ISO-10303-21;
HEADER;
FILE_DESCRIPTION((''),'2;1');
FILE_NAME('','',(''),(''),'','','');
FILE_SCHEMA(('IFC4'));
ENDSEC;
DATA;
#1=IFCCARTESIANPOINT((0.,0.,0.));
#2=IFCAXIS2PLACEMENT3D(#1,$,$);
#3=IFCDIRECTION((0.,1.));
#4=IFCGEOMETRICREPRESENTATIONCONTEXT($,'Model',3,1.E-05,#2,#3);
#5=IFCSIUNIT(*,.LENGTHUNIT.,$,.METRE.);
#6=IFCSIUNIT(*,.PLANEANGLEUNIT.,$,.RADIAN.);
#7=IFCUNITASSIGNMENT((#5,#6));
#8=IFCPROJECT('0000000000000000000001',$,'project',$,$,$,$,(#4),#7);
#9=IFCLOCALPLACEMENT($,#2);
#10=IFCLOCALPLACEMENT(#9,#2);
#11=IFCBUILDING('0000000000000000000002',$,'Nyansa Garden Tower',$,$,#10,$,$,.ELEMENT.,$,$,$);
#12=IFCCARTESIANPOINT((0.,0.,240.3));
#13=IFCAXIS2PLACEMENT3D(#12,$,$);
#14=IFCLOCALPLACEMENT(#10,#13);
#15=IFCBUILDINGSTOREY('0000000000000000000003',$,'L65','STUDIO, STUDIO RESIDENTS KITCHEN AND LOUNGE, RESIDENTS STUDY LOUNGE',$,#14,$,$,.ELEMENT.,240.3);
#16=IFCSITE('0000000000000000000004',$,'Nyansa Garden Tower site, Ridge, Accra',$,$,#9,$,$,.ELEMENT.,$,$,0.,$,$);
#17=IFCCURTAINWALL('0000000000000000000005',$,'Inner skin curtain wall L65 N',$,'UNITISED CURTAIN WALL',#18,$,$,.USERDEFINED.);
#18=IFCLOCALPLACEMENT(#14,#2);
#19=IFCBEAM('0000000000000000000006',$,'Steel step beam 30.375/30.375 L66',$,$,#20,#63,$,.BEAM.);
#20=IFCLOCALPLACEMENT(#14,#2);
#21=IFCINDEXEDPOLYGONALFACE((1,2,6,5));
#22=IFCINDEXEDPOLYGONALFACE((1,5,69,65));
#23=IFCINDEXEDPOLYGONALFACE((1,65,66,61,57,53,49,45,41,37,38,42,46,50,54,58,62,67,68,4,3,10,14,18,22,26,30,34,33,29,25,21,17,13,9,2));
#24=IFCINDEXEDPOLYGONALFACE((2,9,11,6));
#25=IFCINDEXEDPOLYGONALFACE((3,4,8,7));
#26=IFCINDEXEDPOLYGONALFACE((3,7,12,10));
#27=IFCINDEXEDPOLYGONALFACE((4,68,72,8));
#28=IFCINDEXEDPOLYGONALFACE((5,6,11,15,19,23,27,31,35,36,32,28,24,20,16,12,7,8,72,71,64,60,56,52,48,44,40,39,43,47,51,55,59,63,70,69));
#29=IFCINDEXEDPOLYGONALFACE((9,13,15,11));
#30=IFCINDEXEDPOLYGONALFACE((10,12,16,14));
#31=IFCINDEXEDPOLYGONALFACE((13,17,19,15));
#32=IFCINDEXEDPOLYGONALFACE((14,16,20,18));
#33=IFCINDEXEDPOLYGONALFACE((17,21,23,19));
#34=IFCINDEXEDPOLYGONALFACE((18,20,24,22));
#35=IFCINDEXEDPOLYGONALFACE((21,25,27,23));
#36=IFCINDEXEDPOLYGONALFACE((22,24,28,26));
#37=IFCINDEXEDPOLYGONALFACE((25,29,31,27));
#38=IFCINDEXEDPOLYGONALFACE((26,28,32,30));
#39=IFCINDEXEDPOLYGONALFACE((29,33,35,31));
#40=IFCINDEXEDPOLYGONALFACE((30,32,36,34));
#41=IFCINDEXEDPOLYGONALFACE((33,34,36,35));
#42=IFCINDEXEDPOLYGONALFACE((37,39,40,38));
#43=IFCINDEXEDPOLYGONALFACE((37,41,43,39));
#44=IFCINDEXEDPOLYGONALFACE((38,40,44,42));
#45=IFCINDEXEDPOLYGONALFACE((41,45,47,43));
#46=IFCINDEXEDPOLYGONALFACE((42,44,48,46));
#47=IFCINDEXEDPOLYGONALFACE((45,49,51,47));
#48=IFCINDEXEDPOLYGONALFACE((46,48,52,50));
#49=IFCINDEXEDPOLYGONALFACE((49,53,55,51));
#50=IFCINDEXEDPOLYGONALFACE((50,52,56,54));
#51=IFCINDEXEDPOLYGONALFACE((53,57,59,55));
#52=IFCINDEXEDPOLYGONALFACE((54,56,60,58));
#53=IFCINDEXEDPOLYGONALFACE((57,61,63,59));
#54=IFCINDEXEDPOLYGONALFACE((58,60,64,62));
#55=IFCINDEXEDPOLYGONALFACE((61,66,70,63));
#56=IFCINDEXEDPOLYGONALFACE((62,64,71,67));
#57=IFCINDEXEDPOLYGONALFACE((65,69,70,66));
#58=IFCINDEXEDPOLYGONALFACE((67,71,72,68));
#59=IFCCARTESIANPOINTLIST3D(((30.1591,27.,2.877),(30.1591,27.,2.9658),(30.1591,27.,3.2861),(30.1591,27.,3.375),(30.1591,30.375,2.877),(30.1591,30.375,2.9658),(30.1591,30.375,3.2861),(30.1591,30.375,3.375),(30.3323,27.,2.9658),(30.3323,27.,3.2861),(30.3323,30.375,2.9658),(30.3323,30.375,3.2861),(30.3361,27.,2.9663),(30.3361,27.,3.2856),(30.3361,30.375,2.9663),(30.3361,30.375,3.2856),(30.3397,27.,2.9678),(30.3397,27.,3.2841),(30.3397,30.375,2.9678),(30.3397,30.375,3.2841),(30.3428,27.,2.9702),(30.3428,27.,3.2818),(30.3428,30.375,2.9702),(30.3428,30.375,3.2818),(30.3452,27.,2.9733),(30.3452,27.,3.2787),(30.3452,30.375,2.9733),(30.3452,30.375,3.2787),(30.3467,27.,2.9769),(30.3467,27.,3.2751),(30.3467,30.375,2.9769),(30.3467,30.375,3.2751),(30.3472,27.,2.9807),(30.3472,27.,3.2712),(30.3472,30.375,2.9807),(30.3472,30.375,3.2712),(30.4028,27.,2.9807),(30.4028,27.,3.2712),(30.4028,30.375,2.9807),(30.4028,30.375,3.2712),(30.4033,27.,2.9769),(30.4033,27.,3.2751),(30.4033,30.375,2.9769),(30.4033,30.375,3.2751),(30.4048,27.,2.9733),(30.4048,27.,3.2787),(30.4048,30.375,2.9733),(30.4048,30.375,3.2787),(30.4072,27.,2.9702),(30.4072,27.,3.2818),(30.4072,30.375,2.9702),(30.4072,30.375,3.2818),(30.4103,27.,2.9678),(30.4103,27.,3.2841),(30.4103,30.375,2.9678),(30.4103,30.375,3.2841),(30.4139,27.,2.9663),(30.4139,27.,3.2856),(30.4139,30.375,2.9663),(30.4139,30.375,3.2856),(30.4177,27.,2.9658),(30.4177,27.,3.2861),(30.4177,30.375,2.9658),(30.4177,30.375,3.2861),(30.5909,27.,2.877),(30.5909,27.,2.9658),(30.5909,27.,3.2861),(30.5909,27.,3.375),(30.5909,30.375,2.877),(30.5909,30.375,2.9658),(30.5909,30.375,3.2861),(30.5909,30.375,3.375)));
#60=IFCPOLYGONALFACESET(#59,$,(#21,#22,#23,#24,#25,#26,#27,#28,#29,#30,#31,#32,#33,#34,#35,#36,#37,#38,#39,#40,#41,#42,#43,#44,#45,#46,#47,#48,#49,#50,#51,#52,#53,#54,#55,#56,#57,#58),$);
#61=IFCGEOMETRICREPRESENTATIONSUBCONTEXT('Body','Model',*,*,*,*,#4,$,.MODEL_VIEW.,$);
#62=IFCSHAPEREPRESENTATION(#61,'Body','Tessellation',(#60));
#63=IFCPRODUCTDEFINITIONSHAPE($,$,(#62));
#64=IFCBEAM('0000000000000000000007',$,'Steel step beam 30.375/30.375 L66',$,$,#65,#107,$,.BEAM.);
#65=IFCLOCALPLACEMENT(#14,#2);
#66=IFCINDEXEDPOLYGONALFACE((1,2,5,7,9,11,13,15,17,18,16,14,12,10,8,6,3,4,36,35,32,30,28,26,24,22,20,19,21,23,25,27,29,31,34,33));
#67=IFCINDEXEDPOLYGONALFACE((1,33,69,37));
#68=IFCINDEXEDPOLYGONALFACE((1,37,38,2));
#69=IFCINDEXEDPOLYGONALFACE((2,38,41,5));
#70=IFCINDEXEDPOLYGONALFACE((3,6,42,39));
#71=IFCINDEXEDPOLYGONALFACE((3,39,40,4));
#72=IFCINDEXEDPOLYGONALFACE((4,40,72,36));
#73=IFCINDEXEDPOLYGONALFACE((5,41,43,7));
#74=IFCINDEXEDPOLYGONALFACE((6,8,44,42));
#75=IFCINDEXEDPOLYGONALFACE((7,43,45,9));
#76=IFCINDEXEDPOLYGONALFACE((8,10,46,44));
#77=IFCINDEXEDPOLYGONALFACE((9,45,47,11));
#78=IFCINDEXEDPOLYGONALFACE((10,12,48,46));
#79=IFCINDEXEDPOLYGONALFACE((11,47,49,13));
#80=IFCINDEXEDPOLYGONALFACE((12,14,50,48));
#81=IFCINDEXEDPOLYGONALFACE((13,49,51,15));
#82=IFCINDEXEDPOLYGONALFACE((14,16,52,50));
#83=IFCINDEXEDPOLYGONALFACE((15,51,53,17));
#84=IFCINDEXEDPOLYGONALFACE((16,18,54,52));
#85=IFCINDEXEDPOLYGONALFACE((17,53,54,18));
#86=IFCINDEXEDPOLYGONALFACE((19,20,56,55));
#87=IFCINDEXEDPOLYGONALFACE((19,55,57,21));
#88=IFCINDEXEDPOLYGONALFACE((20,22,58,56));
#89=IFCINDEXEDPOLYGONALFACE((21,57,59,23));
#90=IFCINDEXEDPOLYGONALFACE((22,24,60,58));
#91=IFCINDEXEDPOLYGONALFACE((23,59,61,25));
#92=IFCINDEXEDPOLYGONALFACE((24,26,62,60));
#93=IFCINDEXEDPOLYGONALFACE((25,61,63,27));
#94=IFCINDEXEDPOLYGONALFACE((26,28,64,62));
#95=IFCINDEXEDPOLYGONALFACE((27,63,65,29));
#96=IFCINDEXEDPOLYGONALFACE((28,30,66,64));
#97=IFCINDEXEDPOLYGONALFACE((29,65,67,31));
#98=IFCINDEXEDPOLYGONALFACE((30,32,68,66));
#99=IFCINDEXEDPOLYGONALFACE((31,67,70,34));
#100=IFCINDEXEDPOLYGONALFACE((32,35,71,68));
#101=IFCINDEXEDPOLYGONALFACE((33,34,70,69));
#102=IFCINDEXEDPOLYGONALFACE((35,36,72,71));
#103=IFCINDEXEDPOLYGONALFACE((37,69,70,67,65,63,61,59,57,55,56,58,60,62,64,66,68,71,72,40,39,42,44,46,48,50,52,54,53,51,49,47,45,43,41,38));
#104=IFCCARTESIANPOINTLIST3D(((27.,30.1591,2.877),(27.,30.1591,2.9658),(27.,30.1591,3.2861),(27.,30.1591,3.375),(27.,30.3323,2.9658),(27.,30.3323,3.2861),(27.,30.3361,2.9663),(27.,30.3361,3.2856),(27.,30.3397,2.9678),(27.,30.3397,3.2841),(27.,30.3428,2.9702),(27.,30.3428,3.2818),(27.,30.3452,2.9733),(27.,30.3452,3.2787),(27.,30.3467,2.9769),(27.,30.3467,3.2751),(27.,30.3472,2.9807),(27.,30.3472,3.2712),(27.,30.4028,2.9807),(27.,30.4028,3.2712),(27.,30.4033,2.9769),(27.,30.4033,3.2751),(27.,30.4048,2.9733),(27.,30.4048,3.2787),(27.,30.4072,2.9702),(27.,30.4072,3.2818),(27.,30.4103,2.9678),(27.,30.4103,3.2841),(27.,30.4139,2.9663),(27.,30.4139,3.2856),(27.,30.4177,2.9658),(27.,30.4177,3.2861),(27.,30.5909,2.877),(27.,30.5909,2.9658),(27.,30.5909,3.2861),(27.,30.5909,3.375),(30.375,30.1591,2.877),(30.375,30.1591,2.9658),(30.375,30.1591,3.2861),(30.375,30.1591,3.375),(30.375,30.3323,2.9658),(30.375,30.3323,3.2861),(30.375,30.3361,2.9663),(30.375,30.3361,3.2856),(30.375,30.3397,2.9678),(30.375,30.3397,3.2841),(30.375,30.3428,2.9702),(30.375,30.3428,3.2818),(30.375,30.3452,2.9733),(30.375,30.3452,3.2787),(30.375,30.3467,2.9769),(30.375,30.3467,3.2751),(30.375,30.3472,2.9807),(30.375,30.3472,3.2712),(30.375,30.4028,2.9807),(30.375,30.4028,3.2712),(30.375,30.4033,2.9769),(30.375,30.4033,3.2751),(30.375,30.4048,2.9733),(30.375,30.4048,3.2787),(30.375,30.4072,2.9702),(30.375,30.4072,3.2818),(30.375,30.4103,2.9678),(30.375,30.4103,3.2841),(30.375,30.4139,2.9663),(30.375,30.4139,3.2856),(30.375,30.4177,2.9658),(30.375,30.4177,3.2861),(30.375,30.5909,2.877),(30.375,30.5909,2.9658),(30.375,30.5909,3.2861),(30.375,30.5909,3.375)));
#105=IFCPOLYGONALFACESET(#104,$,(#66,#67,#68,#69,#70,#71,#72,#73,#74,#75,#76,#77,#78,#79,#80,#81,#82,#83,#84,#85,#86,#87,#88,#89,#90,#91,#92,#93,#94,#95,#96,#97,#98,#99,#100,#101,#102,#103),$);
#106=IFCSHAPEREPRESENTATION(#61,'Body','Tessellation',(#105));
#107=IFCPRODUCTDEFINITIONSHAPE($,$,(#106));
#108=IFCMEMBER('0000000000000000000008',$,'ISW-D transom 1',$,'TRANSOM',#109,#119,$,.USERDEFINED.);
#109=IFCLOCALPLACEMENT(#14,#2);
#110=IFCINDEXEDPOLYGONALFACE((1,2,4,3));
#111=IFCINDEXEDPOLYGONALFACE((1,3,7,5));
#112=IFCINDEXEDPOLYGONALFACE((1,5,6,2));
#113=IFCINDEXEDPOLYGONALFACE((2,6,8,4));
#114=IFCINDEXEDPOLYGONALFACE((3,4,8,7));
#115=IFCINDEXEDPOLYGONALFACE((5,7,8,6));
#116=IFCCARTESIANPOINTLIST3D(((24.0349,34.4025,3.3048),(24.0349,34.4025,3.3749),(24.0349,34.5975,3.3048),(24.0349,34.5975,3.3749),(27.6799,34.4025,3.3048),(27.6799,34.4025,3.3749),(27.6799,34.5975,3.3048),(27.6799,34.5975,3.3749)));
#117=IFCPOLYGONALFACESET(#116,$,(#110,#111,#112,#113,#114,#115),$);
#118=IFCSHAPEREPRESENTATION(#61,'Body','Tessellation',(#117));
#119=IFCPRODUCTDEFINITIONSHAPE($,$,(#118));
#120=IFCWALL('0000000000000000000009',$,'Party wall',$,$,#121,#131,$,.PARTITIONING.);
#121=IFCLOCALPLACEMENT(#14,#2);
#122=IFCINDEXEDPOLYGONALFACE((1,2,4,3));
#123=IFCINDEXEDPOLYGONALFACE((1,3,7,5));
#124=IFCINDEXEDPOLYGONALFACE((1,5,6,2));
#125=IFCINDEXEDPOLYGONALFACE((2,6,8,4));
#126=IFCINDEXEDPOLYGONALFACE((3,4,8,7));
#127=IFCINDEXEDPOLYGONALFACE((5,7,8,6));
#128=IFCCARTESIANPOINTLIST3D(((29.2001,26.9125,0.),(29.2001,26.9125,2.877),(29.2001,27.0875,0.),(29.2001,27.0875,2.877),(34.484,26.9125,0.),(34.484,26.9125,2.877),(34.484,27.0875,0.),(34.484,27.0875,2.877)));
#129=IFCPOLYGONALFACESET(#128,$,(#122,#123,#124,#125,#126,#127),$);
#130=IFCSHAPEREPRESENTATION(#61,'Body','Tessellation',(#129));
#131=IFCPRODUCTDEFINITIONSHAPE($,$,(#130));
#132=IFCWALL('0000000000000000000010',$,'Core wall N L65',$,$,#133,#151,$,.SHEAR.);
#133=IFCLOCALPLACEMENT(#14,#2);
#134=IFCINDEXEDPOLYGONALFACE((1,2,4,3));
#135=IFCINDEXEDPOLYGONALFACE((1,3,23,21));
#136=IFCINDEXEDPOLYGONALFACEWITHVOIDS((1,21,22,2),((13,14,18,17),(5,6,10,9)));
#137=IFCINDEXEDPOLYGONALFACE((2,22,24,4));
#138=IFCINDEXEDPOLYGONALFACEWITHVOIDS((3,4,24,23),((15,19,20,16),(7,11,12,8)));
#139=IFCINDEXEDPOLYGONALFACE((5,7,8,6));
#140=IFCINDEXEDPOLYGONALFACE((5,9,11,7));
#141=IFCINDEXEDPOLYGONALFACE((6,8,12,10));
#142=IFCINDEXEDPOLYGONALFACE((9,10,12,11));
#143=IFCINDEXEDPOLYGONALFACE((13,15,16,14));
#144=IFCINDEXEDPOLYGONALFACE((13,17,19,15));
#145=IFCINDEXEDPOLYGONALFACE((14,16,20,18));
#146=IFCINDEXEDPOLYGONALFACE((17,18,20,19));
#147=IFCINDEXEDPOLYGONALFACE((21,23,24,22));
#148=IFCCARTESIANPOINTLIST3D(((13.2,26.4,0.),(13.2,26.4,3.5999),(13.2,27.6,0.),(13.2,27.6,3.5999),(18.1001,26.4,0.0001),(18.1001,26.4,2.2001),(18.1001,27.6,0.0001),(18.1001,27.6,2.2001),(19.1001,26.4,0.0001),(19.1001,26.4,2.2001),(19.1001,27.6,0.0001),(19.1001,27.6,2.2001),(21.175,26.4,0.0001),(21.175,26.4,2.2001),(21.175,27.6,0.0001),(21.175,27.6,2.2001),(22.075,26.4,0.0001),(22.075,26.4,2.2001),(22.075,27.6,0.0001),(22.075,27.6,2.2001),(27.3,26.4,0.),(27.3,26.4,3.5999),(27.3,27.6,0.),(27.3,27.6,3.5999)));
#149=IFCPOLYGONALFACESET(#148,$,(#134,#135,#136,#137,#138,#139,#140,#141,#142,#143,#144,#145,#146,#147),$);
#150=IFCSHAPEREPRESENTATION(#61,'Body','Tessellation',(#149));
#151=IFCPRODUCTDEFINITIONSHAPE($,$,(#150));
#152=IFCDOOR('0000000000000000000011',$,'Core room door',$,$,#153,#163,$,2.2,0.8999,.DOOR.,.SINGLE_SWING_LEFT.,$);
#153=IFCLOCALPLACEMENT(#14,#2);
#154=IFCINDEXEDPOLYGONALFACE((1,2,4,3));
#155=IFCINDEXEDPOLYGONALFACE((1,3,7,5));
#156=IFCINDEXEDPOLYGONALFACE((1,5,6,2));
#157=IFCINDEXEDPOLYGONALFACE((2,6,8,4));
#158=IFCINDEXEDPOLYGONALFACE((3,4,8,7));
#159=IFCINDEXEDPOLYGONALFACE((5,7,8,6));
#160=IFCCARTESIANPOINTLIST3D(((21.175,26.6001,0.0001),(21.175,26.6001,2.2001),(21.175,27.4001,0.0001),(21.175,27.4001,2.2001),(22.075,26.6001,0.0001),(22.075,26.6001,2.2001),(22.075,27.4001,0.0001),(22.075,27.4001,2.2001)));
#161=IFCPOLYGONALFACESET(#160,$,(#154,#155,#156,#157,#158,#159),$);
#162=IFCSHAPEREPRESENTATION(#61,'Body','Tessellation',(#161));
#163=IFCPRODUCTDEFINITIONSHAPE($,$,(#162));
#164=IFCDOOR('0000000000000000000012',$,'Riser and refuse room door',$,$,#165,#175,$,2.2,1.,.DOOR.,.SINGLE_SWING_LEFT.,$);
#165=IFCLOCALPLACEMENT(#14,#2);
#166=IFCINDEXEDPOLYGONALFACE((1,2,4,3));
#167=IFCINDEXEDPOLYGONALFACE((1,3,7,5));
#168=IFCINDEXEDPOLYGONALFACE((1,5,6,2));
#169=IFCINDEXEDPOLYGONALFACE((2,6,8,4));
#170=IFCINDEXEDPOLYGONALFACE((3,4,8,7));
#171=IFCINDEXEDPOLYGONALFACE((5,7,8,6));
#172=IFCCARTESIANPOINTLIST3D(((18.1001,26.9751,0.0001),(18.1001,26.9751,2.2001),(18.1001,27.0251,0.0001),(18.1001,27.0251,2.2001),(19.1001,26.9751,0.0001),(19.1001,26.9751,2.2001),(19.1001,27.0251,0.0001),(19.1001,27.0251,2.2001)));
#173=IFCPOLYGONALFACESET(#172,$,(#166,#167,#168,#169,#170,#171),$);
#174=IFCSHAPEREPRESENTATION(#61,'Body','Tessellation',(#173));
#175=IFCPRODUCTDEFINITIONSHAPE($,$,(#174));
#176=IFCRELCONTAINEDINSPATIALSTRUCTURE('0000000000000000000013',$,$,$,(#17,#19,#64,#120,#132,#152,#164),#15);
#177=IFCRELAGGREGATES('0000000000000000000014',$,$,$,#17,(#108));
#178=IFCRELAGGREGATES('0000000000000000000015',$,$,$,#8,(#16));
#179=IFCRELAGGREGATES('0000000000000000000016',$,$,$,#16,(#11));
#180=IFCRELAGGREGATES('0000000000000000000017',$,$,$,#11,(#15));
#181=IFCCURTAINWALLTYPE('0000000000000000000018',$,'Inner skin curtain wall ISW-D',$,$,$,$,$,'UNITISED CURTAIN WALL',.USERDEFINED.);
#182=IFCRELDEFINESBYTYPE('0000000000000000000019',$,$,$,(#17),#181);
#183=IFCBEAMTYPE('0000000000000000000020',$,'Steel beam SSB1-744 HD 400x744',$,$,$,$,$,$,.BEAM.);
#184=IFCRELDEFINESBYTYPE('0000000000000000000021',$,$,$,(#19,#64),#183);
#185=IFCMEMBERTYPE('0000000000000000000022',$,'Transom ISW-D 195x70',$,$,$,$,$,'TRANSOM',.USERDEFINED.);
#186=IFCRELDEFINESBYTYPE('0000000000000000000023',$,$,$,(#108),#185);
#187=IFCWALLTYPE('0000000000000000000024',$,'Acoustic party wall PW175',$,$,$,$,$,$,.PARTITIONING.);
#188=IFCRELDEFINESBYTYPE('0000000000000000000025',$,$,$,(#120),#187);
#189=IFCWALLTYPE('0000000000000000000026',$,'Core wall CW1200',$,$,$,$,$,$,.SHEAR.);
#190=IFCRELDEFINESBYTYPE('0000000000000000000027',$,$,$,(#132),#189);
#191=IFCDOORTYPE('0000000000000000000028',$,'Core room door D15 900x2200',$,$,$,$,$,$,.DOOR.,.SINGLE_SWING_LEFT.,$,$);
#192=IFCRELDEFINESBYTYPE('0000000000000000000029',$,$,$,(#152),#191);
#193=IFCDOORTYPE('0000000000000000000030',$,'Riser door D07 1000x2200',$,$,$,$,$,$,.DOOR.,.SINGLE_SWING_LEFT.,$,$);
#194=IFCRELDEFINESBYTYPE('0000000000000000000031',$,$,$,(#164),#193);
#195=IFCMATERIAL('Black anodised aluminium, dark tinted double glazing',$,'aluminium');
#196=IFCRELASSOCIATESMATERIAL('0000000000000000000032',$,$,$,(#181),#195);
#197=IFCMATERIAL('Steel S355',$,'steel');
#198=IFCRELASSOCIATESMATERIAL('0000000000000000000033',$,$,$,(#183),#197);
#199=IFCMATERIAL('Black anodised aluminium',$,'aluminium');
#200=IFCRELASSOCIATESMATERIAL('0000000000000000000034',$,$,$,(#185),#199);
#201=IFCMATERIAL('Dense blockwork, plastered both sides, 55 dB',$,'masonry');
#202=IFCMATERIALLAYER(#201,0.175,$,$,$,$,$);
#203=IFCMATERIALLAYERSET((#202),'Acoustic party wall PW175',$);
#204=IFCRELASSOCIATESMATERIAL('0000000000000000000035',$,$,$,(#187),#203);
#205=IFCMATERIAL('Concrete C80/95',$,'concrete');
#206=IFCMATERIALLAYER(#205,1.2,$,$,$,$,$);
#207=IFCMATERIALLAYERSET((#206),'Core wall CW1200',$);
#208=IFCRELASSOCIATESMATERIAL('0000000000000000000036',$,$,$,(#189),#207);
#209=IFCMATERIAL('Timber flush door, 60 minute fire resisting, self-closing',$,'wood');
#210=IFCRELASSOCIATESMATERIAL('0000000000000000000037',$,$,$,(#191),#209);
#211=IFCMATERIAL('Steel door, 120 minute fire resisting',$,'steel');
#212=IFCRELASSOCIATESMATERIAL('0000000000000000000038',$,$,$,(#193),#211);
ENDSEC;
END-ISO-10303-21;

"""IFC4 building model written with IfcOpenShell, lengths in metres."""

from ifc_helpers import new_model, si_unit, direction, frame, frame_2d, origin, origin_2d, place, context, subcontext, project, spatial, rectangle, i_section, extrude, material, layer, layer_set, material_profile, profile_set, type_object, element, fill, aggregate, save


model = new_model("IFC4")

# Units and contexts
model_context = context("Model", 3, precision=1e-05, world=origin(), true_north=direction((0.0, 1.0)))
body_context = subcontext(model_context, "Body", "Model", "MODEL_VIEW")
ifc_project = project(units=[si_unit("LENGTHUNIT", "METRE"), si_unit("PLANEANGLEUNIT", "RADIAN")], contexts=[model_context])

# Site, building, storey
site_placement = place(None, origin())
site = spatial("IfcSite", under=ifc_project, at=site_placement, Name="Nyansa Garden Tower site, Ridge, Accra", CompositionType="ELEMENT", RefElevation=0.0)
building_placement = place(site_placement, origin())
building = spatial("IfcBuilding", under=site, at=building_placement, Name="Nyansa Garden Tower", CompositionType="ELEMENT")
storey_placement = place(building_placement, frame((0.0, 0.0, 240.3)))
storey = spatial("IfcBuildingStorey", under=building, at=storey_placement, Name="L65", Description="STUDIO, STUDIO RESIDENTS KITCHEN AND LOUNGE, RESIDENTS STUDY LOUNGE", CompositionType="ELEMENT", Elevation=240.3)

# Curtain wall
ifc_material_1 = material(Name="Black anodised aluminium, dark tinted double glazing", Category="aluminium")
curtain_wall_type = type_object("IfcCurtainWallType", Name="Inner skin curtain wall ISW-D", ElementType="UNITISED CURTAIN WALL", PredefinedType="USERDEFINED", material=ifc_material_1)
curtain_wall_1_placement = place(storey_placement, origin())
curtain_wall_1 = element("IfcCurtainWall", 1, at=curtain_wall_1_placement, inside=storey, type_object=curtain_wall_type, Name="Inner skin curtain wall L65 N", ObjectType="UNITISED CURTAIN WALL", PredefinedType="USERDEFINED")

# Beams
ifc_material_2 = material(Name="Steel S355", Category="steel")
ifc_material_profile_1 = material_profile(ifc_material_2, i_section(OverallWidth=0.4319, OverallDepth=0.498, WebThickness=0.0557, FlangeThickness=0.0889, FilletRadius=0.0149, at=origin_2d()), Name="HD 400x744")
ifc_profile_set_1 = profile_set([ifc_material_profile_1], Name="Steel S355")
beam_type_1 = type_object("IfcBeamType", Name="Steel beam SSB1-744 HD 400x744", PredefinedType="BEAM", material=ifc_profile_set_1)
for number, where, z_axis, x_axis, name in (
    (2, (30.375, 30.375, 3.126), (0.0, -1.0, 0.0), (1.0, 0.0, 0.0), "Steel step beam 30.375/30.375 L66"),
    (3, (30.375, 30.375, 3.126), (-1.0, 0.0, 0.0), (0.0, -1.0, 0.0), "Steel step beam 30.375/30.375 L66"),
):
    element("IfcBeam", number, at=place(storey_placement, frame(where, z_axis=z_axis, x_axis=x_axis)), inside=storey, type_object=beam_type_1, Name=name, PredefinedType="BEAM", context=body_context, shape_type="SweptSolid", body=[
        extrude(i_section(OverallWidth=0.4319, OverallDepth=0.498, WebThickness=0.0557, FlangeThickness=0.0889, FilletRadius=0.0149, at=origin_2d()), origin(), (0.0, 0.0, 1.0), 3.375),
    ])

# Member
ifc_material_3 = material(Name="Black anodised aluminium", Category="aluminium")
ifc_material_profile_2 = material_profile(ifc_material_3, rectangle(XDim=0.1951, YDim=0.0701, at=origin_2d()), Name="Transom 195x70")
ifc_profile_set_2 = profile_set([ifc_material_profile_2], Name="Black anodised aluminium")
member_type_1 = type_object("IfcMemberType", Name="Transom ISW-D 195x70", ElementType="TRANSOM", PredefinedType="USERDEFINED", material=ifc_profile_set_2)
member_1_placement = place(storey_placement, frame((27.6799, 34.5, 3.3398), z_axis=(-1.0, 0.0, 0.0), x_axis=(0.0, -1.0, 0.0)))
member_1 = element("IfcMember", 4, at=member_1_placement, type_object=member_type_1, Name="ISW-D transom 1", ObjectType="TRANSOM", PredefinedType="USERDEFINED", context=body_context, shape_type="SweptSolid", body=[
    extrude(rectangle(XDim=0.1951, YDim=0.0701, at=origin_2d()), origin(), (0.0, 0.0, 1.0), 3.645),
])
aggregate(curtain_wall_1, [member_1])

# Wall
ifc_material_4 = material(Name="Dense blockwork, plastered both sides, 55 dB", Category="masonry")
ifc_layer_1 = layer(ifc_material_4, 0.175)
ifc_layer_set_1 = layer_set([ifc_layer_1], Name="Acoustic party wall PW175")
wall_type_1 = type_object("IfcWallType", Name="Acoustic party wall PW175", PredefinedType="PARTITIONING", material=ifc_layer_set_1)
wall_1_placement = place(storey_placement, frame((29.2, 27.0, 0.0), z_axis=(0.0, 0.0, 1.0), x_axis=(1.0, 0.0, 0.0)))
element("IfcWall", 5, at=wall_1_placement, inside=storey, type_object=wall_type_1, Name="Party wall", PredefinedType="PARTITIONING", context=body_context, shape_type="SweptSolid", body=[
    extrude(rectangle(XDim=5.2839, YDim=0.175, at=frame_2d((2.6421, 0.0))), origin(), (0.0, 0.0, 1.0), 2.877),
])

# Wall, openings, doors
ifc_material_5 = material(Name="Concrete C80/95", Category="concrete")
ifc_layer_2 = layer(ifc_material_5, 1.2)
ifc_layer_set_2 = layer_set([ifc_layer_2], Name="Core wall CW1200")
wall_type_2 = type_object("IfcWallType", Name="Core wall CW1200", PredefinedType="SHEAR", material=ifc_layer_set_2)
wall_2_placement = place(storey_placement, frame((27.3, 27.0, 0.0), z_axis=(0.0, 0.0, 1.0), x_axis=(-1.0, 0.0, 0.0)))
wall_2 = element("IfcWall", 6, at=wall_2_placement, inside=storey, type_object=wall_type_2, Name="Core wall N L65", PredefinedType="SHEAR", context=body_context, shape_type="SweptSolid", body=[
    extrude(rectangle(XDim=14.1001, YDim=1.2, at=frame_2d((7.05, 0.0))), origin(), (0.0, 0.0, 1.0), 3.5999),
])
opening_1_placement = place(wall_2_placement, frame((5.2251, 0.0, 0.0)))
opening_1 = element("IfcOpeningElement", 7, at=opening_1_placement, cuts=wall_2, PredefinedType="OPENING", context=body_context, shape_type="SweptSolid", body=[
    extrude(rectangle(XDim=0.8999, YDim=2.2, at=frame_2d((0.45, 1.1001))), frame((0.0, 0.6099, 0.0), z_axis=(0.0, -1.0, 0.0), x_axis=(1.0, 0.0, 0.0)), (0.0, 0.0, 1.0), 1.22),
])
opening_2_placement = place(wall_2_placement, frame((8.2, 0.0, 0.0)))
opening_2 = element("IfcOpeningElement", 8, at=opening_2_placement, cuts=wall_2, PredefinedType="OPENING", context=body_context, shape_type="SweptSolid", body=[
    extrude(rectangle(XDim=1.0, YDim=2.2, at=frame_2d((0.5, 1.1001))), frame((0.0, 0.6099, 0.0), z_axis=(0.0, -1.0, 0.0), x_axis=(1.0, 0.0, 0.0)), (0.0, 0.0, 1.0), 1.22),
])
ifc_material_6 = material(Name="Timber flush door, 60 minute fire resisting, self-closing", Category="wood")
door_type_1 = type_object("IfcDoorType", Name="Core room door D15 900x2200", OperationType="SINGLE_SWING_LEFT", PredefinedType="DOOR", material=ifc_material_6)
door_1_placement = place(opening_1_placement, origin())
door_1 = element("IfcDoor", 9, at=door_1_placement, inside=storey, type_object=door_type_1, Name="Core room door", OperationType="SINGLE_SWING_LEFT", OverallHeight=2.2, OverallWidth=0.8999, PredefinedType="DOOR", context=body_context, shape_type="SweptSolid", body=[
    extrude(rectangle(XDim=0.8999, YDim=2.2, at=frame_2d((0.45, 1.1001))), frame((0.0, 0.3999, 0.0), z_axis=(0.0, -1.0, 0.0), x_axis=(1.0, 0.0, 0.0)), (0.0, 0.0, 1.0), 0.8),
])
fill(opening_1, door_1)
ifc_material_7 = material(Name="Steel door, 120 minute fire resisting", Category="steel")
door_type_2 = type_object("IfcDoorType", Name="Riser door D07 1000x2200", OperationType="SINGLE_SWING_LEFT", PredefinedType="DOOR", material=ifc_material_7)
door_2_placement = place(opening_2_placement, origin())
door_2 = element("IfcDoor", 10, at=door_2_placement, inside=storey, type_object=door_type_2, Name="Riser and refuse room door", OperationType="SINGLE_SWING_LEFT", OverallHeight=2.2, OverallWidth=1.0, PredefinedType="DOOR", context=body_context, shape_type="SweptSolid", body=[
    extrude(rectangle(XDim=1.0, YDim=2.2, at=frame_2d((0.5, 1.1001))), frame((0.0, 0.0249, 0.0), z_axis=(0.0, -1.0, 0.0), x_axis=(1.0, 0.0, 0.0)), (0.0, 0.0, 1.0), 0.05),
])
fill(opening_2, door_2)

save(model, "model.ifc")
